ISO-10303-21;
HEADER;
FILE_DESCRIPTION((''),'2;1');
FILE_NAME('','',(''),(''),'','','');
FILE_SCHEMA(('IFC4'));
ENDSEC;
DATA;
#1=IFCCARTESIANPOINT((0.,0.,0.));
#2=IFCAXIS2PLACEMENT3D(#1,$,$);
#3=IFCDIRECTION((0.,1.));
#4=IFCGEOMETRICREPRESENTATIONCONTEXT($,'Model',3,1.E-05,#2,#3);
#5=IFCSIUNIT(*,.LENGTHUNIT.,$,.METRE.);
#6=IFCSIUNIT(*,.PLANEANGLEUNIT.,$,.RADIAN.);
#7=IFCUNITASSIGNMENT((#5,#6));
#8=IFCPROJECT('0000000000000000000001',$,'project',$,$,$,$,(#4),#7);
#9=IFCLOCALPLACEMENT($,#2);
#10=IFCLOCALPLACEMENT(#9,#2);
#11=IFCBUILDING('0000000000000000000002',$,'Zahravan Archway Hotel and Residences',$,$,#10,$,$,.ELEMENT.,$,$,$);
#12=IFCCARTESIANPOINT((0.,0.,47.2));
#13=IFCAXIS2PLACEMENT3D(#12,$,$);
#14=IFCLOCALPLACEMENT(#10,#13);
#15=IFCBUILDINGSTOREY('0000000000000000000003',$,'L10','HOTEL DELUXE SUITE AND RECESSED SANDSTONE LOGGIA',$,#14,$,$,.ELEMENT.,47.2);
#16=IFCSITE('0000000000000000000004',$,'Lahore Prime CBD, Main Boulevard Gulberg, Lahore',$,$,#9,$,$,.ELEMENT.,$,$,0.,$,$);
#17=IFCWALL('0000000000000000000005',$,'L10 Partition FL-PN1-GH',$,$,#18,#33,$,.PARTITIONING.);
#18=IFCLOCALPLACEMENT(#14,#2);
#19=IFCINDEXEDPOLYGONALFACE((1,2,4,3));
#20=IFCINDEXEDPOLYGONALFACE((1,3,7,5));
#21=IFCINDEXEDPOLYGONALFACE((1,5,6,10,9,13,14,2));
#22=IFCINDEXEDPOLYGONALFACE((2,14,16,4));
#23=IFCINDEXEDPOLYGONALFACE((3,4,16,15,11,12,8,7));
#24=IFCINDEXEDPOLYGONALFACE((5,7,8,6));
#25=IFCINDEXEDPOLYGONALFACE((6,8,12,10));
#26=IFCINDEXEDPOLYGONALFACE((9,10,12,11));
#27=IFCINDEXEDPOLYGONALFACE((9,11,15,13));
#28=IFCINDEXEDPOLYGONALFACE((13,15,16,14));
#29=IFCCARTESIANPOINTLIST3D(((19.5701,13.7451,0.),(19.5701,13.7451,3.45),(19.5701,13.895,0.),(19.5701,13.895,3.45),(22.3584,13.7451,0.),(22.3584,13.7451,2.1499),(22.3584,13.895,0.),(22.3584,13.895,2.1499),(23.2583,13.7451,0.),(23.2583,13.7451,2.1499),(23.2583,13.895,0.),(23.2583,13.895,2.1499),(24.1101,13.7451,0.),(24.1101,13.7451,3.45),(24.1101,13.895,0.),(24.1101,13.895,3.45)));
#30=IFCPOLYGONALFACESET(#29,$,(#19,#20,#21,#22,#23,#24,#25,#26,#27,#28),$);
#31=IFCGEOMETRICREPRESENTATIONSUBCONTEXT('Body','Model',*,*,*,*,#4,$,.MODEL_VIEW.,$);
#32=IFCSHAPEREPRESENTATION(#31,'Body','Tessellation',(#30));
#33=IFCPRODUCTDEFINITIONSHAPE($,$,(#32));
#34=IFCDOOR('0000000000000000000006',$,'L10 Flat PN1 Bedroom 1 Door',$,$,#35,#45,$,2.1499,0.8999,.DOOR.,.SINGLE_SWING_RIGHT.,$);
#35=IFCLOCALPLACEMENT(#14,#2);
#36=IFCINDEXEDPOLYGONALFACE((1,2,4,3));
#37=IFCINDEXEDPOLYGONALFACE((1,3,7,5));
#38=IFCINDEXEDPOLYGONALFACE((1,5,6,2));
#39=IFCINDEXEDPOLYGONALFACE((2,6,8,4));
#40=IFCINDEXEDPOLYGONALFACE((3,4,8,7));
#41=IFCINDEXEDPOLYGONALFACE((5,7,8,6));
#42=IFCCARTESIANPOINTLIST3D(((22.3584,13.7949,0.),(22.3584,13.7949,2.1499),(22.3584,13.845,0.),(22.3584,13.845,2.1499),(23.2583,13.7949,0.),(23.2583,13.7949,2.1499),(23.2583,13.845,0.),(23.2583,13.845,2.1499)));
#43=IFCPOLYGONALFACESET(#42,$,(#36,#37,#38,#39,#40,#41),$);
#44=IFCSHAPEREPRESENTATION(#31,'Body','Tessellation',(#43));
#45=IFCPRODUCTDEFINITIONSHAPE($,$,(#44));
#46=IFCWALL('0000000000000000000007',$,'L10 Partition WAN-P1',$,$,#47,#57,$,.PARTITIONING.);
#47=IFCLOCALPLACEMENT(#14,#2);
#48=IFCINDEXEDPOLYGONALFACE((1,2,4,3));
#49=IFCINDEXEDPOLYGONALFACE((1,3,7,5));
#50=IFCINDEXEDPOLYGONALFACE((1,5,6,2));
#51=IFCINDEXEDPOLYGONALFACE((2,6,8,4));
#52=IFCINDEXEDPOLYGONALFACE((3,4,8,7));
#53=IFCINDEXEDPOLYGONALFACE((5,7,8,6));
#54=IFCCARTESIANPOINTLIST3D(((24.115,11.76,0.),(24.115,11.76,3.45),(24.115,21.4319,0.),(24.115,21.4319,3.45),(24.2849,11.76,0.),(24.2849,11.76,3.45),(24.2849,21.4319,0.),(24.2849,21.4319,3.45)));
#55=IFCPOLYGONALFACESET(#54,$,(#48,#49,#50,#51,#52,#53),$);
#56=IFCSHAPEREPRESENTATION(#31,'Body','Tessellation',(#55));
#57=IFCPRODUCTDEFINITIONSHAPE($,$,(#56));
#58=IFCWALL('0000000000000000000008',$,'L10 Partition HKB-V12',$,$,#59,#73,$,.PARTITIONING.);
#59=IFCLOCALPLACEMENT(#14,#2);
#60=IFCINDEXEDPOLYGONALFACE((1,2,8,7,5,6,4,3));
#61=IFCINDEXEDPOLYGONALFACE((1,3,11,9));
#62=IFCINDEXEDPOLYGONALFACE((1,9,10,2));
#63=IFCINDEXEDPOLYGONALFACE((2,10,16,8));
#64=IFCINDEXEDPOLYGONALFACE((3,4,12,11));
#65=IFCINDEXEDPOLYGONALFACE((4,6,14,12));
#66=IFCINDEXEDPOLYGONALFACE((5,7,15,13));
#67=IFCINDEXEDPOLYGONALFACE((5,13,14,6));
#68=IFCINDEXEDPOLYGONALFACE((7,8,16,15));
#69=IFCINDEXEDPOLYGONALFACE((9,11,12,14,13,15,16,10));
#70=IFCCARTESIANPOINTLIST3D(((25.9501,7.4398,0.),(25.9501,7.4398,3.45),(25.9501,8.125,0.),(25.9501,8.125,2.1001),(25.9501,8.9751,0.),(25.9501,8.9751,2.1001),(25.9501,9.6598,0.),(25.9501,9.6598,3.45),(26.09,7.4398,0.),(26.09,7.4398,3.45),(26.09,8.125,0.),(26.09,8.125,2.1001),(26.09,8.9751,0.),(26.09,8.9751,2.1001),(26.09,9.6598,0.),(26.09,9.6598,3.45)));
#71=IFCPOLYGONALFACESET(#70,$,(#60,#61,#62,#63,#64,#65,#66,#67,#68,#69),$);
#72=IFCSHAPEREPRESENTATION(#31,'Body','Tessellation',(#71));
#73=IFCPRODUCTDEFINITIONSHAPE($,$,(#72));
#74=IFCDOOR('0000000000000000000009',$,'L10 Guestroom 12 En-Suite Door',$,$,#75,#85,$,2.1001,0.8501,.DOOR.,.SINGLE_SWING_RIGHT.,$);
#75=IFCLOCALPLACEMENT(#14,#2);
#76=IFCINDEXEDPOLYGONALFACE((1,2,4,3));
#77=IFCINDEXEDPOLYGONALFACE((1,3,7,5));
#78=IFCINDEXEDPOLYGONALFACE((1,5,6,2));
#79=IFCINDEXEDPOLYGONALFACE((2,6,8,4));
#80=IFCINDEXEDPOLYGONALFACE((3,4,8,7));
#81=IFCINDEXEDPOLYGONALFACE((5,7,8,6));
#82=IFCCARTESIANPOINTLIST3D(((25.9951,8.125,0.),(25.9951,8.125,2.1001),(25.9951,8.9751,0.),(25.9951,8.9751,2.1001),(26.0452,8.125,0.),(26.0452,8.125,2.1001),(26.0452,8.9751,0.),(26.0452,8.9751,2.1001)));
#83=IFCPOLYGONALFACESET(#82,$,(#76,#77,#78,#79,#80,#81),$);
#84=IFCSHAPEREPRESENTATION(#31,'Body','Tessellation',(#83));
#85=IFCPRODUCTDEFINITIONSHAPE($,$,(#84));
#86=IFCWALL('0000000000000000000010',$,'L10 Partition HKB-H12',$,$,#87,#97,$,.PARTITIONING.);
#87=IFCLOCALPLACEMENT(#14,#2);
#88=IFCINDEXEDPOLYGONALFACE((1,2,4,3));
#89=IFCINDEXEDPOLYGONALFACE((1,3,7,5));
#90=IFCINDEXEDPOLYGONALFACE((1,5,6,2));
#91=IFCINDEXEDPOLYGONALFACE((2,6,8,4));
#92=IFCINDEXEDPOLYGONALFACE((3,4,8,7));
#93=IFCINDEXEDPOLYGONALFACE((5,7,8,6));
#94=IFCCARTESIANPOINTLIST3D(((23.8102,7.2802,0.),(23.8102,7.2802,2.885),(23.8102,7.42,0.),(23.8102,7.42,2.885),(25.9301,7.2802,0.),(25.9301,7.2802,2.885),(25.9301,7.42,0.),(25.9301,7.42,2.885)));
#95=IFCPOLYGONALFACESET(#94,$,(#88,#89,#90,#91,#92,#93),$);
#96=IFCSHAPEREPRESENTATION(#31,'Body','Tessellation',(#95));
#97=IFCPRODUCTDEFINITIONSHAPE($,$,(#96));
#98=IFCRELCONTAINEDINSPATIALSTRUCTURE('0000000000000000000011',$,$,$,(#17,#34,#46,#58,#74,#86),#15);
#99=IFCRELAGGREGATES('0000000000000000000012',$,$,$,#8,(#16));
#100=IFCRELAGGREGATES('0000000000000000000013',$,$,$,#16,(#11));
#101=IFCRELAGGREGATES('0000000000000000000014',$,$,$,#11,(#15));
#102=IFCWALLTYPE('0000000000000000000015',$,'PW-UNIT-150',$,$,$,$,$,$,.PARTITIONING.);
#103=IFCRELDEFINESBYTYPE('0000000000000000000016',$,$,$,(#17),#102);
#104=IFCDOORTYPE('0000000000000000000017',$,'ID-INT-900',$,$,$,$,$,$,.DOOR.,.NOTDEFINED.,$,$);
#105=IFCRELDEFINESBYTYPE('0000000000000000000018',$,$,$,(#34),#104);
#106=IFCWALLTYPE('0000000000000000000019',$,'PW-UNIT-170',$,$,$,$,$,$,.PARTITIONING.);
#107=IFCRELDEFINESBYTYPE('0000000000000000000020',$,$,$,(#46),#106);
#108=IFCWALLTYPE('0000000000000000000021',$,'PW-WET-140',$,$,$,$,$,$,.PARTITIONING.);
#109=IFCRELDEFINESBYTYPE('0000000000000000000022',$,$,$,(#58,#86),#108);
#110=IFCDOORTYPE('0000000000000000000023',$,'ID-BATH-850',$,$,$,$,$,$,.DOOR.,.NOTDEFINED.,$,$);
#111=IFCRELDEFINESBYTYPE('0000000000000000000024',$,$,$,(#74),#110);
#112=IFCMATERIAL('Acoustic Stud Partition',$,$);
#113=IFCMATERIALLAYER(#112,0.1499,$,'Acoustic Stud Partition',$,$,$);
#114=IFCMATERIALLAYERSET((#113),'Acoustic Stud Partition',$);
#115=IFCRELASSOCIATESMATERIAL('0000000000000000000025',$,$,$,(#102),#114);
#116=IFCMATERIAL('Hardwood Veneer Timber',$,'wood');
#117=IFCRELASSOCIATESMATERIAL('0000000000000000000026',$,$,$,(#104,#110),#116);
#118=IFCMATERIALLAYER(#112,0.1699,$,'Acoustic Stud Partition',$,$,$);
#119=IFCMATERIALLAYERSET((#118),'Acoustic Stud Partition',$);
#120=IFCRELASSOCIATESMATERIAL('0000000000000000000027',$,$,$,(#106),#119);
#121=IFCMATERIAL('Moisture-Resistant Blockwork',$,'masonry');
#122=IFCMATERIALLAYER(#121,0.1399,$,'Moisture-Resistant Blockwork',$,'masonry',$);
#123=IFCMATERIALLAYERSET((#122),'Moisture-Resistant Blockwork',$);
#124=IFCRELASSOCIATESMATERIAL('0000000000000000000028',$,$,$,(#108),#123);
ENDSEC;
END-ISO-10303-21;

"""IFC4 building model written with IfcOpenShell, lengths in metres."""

from ifc_helpers import new_model, si_unit, direction, frame, frame_2d, origin, place, context, subcontext, project, spatial, rectangle, extrude, source, transform, mapped, material, layer, layer_set, type_object, type_shapes, element, fill, save


model = new_model("IFC4")

# Units and contexts
model_context = context("Model", 3, precision=1e-05, world=origin(), true_north=direction((0.0, 1.0)))
body_context = subcontext(model_context, "Body", "Model", "MODEL_VIEW")
ifc_project = project(units=[si_unit("LENGTHUNIT", "METRE"), si_unit("PLANEANGLEUNIT", "RADIAN")], contexts=[model_context])

# Site, building, storey
site_placement = place(None, origin())
site = spatial("IfcSite", under=ifc_project, at=site_placement, Name="Lahore Prime CBD, Main Boulevard Gulberg, Lahore", CompositionType="ELEMENT", RefElevation=0.0)
building_placement = place(site_placement, origin())
building = spatial("IfcBuilding", under=site, at=building_placement, Name="Zahravan Archway Hotel and Residences", CompositionType="ELEMENT")
storey_placement = place(building_placement, frame((0.0, 0.0, 47.2)))
storey = spatial("IfcBuildingStorey", under=building, at=storey_placement, Name="L10", Description="HOTEL DELUXE SUITE AND RECESSED SANDSTONE LOGGIA", CompositionType="ELEMENT", Elevation=47.2)

# Wall, opening, door
ifc_material_1 = material(Name="Acoustic Stud Partition")
ifc_layer_1 = layer(ifc_material_1, 0.1499, Name="Acoustic Stud Partition")
ifc_layer_set_1 = layer_set([ifc_layer_1], Name="Acoustic Stud Partition")
wall_type_1 = type_object("IfcWallType", Name="PW-UNIT-150", PredefinedType="PARTITIONING", material=ifc_layer_set_1)
ifc_material_2 = material(Name="Hardwood Veneer Timber", Category="wood")
door_type_1 = type_object("IfcDoorType", Name="ID-INT-900", OperationType="NOTDEFINED", PredefinedType="DOOR", material=ifc_material_2)
shared_shape_1 = source(origin(), body_context, "Body", "SweptSolid", [
    extrude(rectangle(XDim=0.8999, YDim=2.1499, at=frame_2d((0.45, 1.075))), frame((0.0, 0.0249, 0.0), z_axis=(0.0, -1.0, 0.0), x_axis=(1.0, 0.0, 0.0)), (0.0, 0.0, 1.0), 0.05),
])
type_shapes(door_type_1, [shared_shape_1])
wall_1_placement = place(storey_placement, frame((19.5701, 13.8201, 0.0), z_axis=(0.0, 0.0, 1.0), x_axis=(1.0, 0.0, 0.0)))
wall_1 = element("IfcWall", 1, at=wall_1_placement, inside=storey, type_object=wall_type_1, Name="L10 Partition FL-PN1-GH", PredefinedType="PARTITIONING", context=body_context, shape_type="SweptSolid", body=[
    extrude(rectangle(XDim=4.54, YDim=0.1499, at=frame_2d((2.27, 0.0))), origin(), (0.0, 0.0, 1.0), 3.45),
])
opening_1_placement = place(wall_1_placement, frame((2.7883, 0.0, 0.0)))
opening_1 = element("IfcOpeningElement", 2, at=opening_1_placement, cuts=wall_1, PredefinedType="OPENING", context=body_context, shape_type="SweptSolid", body=[
    extrude(rectangle(XDim=0.8999, YDim=2.1499, at=frame_2d((0.45, 1.075))), frame((0.0, 0.085, 0.0), z_axis=(0.0, -1.0, 0.0), x_axis=(1.0, 0.0, 0.0)), (0.0, 0.0, 1.0), 0.1699),
])
door_1_placement = place(opening_1_placement, origin())
door_1 = element("IfcDoor", 3, at=door_1_placement, inside=storey, type_object=door_type_1, Name="L10 Flat PN1 Bedroom 1 Door", OperationType="SINGLE_SWING_RIGHT", OverallHeight=2.1499, OverallWidth=0.8999, PredefinedType="DOOR", context=body_context, shape_type="MappedRepresentation", body=[
    mapped(shared_shape_1, transform((0.0, 0.0, 0.0), scale=1.0)),
])
fill(opening_1, door_1)

# Wall
ifc_layer_2 = layer(ifc_material_1, 0.1699, Name="Acoustic Stud Partition")
ifc_layer_set_2 = layer_set([ifc_layer_2], Name="Acoustic Stud Partition")
wall_type_2 = type_object("IfcWallType", Name="PW-UNIT-170", PredefinedType="PARTITIONING", material=ifc_layer_set_2)
wall_2_placement = place(storey_placement, frame((24.2, 11.76, 0.0), z_axis=(0.0, 0.0, 1.0), x_axis=(0.0, 1.0, 0.0)))
element("IfcWall", 4, at=wall_2_placement, inside=storey, type_object=wall_type_2, Name="L10 Partition WAN-P1", PredefinedType="PARTITIONING", context=body_context, shape_type="SweptSolid", body=[
    extrude(rectangle(XDim=9.6719, YDim=0.1699, at=frame_2d((4.8359, 0.0))), origin(), (0.0, 0.0, 1.0), 3.45),
])

# Wall, opening, door
ifc_material_3 = material(Name="Moisture-Resistant Blockwork", Category="masonry")
ifc_layer_3 = layer(ifc_material_3, 0.1399, Name="Moisture-Resistant Blockwork", Category="masonry")
ifc_layer_set_3 = layer_set([ifc_layer_3], Name="Moisture-Resistant Blockwork")
wall_type_3 = type_object("IfcWallType", Name="PW-WET-140", PredefinedType="PARTITIONING", material=ifc_layer_set_3)
wall_3_placement = place(storey_placement, frame((26.02, 7.4399, 0.0), z_axis=(0.0, 0.0, 1.0), x_axis=(0.0, 1.0, 0.0)))
wall_3 = element("IfcWall", 5, at=wall_3_placement, inside=storey, type_object=wall_type_3, Name="L10 Partition HKB-V12", PredefinedType="PARTITIONING", context=body_context, shape_type="SweptSolid", body=[
    extrude(rectangle(XDim=2.22, YDim=0.1399, at=frame_2d((1.1099, 0.0))), origin(), (0.0, 0.0, 1.0), 3.45),
])
opening_2_placement = place(wall_3_placement, frame((0.6851, 0.0, 0.0)))
opening_2 = element("IfcOpeningElement", 6, at=opening_2_placement, cuts=wall_3, PredefinedType="OPENING", context=body_context, shape_type="SweptSolid", body=[
    extrude(rectangle(XDim=0.8501, YDim=2.1001, at=frame_2d((0.425, 1.05))), frame((0.0, 0.0801, 0.0), z_axis=(0.0, -1.0, 0.0), x_axis=(1.0, 0.0, 0.0)), (0.0, 0.0, 1.0), 0.1599),
])
door_type_2 = type_object("IfcDoorType", Name="ID-BATH-850", OperationType="NOTDEFINED", PredefinedType="DOOR", material=ifc_material_2)
shared_shape_2 = source(origin(), body_context, "Body", "SweptSolid", [
    extrude(rectangle(XDim=0.8501, YDim=2.1001, at=frame_2d((0.425, 1.05))), frame((0.0, 0.0249, 0.0), z_axis=(0.0, -1.0, 0.0), x_axis=(1.0, 0.0, 0.0)), (0.0, 0.0, 1.0), 0.05),
])
type_shapes(door_type_2, [shared_shape_2])
door_2_placement = place(opening_2_placement, origin())
door_2 = element("IfcDoor", 7, at=door_2_placement, inside=storey, type_object=door_type_2, Name="L10 Guestroom 12 En-Suite Door", OperationType="SINGLE_SWING_RIGHT", OverallHeight=2.1001, OverallWidth=0.8501, PredefinedType="DOOR", context=body_context, shape_type="MappedRepresentation", body=[
    mapped(shared_shape_2, transform((0.0, 0.0, 0.0), scale=1.0)),
])
fill(opening_2, door_2)

# Wall
wall_4_placement = place(storey_placement, frame((23.8101, 7.3501, 0.0), z_axis=(0.0, 0.0, 1.0), x_axis=(1.0, 0.0, 0.0)))
element("IfcWall", 8, at=wall_4_placement, inside=storey, type_object=wall_type_3, Name="L10 Partition HKB-H12", PredefinedType="PARTITIONING", context=body_context, shape_type="SweptSolid", body=[
    extrude(rectangle(XDim=2.1199, YDim=0.1399, at=frame_2d((1.0601, 0.0))), origin(), (0.0, 0.0, 1.0), 2.885),
])

save(model, "model.ifc")
